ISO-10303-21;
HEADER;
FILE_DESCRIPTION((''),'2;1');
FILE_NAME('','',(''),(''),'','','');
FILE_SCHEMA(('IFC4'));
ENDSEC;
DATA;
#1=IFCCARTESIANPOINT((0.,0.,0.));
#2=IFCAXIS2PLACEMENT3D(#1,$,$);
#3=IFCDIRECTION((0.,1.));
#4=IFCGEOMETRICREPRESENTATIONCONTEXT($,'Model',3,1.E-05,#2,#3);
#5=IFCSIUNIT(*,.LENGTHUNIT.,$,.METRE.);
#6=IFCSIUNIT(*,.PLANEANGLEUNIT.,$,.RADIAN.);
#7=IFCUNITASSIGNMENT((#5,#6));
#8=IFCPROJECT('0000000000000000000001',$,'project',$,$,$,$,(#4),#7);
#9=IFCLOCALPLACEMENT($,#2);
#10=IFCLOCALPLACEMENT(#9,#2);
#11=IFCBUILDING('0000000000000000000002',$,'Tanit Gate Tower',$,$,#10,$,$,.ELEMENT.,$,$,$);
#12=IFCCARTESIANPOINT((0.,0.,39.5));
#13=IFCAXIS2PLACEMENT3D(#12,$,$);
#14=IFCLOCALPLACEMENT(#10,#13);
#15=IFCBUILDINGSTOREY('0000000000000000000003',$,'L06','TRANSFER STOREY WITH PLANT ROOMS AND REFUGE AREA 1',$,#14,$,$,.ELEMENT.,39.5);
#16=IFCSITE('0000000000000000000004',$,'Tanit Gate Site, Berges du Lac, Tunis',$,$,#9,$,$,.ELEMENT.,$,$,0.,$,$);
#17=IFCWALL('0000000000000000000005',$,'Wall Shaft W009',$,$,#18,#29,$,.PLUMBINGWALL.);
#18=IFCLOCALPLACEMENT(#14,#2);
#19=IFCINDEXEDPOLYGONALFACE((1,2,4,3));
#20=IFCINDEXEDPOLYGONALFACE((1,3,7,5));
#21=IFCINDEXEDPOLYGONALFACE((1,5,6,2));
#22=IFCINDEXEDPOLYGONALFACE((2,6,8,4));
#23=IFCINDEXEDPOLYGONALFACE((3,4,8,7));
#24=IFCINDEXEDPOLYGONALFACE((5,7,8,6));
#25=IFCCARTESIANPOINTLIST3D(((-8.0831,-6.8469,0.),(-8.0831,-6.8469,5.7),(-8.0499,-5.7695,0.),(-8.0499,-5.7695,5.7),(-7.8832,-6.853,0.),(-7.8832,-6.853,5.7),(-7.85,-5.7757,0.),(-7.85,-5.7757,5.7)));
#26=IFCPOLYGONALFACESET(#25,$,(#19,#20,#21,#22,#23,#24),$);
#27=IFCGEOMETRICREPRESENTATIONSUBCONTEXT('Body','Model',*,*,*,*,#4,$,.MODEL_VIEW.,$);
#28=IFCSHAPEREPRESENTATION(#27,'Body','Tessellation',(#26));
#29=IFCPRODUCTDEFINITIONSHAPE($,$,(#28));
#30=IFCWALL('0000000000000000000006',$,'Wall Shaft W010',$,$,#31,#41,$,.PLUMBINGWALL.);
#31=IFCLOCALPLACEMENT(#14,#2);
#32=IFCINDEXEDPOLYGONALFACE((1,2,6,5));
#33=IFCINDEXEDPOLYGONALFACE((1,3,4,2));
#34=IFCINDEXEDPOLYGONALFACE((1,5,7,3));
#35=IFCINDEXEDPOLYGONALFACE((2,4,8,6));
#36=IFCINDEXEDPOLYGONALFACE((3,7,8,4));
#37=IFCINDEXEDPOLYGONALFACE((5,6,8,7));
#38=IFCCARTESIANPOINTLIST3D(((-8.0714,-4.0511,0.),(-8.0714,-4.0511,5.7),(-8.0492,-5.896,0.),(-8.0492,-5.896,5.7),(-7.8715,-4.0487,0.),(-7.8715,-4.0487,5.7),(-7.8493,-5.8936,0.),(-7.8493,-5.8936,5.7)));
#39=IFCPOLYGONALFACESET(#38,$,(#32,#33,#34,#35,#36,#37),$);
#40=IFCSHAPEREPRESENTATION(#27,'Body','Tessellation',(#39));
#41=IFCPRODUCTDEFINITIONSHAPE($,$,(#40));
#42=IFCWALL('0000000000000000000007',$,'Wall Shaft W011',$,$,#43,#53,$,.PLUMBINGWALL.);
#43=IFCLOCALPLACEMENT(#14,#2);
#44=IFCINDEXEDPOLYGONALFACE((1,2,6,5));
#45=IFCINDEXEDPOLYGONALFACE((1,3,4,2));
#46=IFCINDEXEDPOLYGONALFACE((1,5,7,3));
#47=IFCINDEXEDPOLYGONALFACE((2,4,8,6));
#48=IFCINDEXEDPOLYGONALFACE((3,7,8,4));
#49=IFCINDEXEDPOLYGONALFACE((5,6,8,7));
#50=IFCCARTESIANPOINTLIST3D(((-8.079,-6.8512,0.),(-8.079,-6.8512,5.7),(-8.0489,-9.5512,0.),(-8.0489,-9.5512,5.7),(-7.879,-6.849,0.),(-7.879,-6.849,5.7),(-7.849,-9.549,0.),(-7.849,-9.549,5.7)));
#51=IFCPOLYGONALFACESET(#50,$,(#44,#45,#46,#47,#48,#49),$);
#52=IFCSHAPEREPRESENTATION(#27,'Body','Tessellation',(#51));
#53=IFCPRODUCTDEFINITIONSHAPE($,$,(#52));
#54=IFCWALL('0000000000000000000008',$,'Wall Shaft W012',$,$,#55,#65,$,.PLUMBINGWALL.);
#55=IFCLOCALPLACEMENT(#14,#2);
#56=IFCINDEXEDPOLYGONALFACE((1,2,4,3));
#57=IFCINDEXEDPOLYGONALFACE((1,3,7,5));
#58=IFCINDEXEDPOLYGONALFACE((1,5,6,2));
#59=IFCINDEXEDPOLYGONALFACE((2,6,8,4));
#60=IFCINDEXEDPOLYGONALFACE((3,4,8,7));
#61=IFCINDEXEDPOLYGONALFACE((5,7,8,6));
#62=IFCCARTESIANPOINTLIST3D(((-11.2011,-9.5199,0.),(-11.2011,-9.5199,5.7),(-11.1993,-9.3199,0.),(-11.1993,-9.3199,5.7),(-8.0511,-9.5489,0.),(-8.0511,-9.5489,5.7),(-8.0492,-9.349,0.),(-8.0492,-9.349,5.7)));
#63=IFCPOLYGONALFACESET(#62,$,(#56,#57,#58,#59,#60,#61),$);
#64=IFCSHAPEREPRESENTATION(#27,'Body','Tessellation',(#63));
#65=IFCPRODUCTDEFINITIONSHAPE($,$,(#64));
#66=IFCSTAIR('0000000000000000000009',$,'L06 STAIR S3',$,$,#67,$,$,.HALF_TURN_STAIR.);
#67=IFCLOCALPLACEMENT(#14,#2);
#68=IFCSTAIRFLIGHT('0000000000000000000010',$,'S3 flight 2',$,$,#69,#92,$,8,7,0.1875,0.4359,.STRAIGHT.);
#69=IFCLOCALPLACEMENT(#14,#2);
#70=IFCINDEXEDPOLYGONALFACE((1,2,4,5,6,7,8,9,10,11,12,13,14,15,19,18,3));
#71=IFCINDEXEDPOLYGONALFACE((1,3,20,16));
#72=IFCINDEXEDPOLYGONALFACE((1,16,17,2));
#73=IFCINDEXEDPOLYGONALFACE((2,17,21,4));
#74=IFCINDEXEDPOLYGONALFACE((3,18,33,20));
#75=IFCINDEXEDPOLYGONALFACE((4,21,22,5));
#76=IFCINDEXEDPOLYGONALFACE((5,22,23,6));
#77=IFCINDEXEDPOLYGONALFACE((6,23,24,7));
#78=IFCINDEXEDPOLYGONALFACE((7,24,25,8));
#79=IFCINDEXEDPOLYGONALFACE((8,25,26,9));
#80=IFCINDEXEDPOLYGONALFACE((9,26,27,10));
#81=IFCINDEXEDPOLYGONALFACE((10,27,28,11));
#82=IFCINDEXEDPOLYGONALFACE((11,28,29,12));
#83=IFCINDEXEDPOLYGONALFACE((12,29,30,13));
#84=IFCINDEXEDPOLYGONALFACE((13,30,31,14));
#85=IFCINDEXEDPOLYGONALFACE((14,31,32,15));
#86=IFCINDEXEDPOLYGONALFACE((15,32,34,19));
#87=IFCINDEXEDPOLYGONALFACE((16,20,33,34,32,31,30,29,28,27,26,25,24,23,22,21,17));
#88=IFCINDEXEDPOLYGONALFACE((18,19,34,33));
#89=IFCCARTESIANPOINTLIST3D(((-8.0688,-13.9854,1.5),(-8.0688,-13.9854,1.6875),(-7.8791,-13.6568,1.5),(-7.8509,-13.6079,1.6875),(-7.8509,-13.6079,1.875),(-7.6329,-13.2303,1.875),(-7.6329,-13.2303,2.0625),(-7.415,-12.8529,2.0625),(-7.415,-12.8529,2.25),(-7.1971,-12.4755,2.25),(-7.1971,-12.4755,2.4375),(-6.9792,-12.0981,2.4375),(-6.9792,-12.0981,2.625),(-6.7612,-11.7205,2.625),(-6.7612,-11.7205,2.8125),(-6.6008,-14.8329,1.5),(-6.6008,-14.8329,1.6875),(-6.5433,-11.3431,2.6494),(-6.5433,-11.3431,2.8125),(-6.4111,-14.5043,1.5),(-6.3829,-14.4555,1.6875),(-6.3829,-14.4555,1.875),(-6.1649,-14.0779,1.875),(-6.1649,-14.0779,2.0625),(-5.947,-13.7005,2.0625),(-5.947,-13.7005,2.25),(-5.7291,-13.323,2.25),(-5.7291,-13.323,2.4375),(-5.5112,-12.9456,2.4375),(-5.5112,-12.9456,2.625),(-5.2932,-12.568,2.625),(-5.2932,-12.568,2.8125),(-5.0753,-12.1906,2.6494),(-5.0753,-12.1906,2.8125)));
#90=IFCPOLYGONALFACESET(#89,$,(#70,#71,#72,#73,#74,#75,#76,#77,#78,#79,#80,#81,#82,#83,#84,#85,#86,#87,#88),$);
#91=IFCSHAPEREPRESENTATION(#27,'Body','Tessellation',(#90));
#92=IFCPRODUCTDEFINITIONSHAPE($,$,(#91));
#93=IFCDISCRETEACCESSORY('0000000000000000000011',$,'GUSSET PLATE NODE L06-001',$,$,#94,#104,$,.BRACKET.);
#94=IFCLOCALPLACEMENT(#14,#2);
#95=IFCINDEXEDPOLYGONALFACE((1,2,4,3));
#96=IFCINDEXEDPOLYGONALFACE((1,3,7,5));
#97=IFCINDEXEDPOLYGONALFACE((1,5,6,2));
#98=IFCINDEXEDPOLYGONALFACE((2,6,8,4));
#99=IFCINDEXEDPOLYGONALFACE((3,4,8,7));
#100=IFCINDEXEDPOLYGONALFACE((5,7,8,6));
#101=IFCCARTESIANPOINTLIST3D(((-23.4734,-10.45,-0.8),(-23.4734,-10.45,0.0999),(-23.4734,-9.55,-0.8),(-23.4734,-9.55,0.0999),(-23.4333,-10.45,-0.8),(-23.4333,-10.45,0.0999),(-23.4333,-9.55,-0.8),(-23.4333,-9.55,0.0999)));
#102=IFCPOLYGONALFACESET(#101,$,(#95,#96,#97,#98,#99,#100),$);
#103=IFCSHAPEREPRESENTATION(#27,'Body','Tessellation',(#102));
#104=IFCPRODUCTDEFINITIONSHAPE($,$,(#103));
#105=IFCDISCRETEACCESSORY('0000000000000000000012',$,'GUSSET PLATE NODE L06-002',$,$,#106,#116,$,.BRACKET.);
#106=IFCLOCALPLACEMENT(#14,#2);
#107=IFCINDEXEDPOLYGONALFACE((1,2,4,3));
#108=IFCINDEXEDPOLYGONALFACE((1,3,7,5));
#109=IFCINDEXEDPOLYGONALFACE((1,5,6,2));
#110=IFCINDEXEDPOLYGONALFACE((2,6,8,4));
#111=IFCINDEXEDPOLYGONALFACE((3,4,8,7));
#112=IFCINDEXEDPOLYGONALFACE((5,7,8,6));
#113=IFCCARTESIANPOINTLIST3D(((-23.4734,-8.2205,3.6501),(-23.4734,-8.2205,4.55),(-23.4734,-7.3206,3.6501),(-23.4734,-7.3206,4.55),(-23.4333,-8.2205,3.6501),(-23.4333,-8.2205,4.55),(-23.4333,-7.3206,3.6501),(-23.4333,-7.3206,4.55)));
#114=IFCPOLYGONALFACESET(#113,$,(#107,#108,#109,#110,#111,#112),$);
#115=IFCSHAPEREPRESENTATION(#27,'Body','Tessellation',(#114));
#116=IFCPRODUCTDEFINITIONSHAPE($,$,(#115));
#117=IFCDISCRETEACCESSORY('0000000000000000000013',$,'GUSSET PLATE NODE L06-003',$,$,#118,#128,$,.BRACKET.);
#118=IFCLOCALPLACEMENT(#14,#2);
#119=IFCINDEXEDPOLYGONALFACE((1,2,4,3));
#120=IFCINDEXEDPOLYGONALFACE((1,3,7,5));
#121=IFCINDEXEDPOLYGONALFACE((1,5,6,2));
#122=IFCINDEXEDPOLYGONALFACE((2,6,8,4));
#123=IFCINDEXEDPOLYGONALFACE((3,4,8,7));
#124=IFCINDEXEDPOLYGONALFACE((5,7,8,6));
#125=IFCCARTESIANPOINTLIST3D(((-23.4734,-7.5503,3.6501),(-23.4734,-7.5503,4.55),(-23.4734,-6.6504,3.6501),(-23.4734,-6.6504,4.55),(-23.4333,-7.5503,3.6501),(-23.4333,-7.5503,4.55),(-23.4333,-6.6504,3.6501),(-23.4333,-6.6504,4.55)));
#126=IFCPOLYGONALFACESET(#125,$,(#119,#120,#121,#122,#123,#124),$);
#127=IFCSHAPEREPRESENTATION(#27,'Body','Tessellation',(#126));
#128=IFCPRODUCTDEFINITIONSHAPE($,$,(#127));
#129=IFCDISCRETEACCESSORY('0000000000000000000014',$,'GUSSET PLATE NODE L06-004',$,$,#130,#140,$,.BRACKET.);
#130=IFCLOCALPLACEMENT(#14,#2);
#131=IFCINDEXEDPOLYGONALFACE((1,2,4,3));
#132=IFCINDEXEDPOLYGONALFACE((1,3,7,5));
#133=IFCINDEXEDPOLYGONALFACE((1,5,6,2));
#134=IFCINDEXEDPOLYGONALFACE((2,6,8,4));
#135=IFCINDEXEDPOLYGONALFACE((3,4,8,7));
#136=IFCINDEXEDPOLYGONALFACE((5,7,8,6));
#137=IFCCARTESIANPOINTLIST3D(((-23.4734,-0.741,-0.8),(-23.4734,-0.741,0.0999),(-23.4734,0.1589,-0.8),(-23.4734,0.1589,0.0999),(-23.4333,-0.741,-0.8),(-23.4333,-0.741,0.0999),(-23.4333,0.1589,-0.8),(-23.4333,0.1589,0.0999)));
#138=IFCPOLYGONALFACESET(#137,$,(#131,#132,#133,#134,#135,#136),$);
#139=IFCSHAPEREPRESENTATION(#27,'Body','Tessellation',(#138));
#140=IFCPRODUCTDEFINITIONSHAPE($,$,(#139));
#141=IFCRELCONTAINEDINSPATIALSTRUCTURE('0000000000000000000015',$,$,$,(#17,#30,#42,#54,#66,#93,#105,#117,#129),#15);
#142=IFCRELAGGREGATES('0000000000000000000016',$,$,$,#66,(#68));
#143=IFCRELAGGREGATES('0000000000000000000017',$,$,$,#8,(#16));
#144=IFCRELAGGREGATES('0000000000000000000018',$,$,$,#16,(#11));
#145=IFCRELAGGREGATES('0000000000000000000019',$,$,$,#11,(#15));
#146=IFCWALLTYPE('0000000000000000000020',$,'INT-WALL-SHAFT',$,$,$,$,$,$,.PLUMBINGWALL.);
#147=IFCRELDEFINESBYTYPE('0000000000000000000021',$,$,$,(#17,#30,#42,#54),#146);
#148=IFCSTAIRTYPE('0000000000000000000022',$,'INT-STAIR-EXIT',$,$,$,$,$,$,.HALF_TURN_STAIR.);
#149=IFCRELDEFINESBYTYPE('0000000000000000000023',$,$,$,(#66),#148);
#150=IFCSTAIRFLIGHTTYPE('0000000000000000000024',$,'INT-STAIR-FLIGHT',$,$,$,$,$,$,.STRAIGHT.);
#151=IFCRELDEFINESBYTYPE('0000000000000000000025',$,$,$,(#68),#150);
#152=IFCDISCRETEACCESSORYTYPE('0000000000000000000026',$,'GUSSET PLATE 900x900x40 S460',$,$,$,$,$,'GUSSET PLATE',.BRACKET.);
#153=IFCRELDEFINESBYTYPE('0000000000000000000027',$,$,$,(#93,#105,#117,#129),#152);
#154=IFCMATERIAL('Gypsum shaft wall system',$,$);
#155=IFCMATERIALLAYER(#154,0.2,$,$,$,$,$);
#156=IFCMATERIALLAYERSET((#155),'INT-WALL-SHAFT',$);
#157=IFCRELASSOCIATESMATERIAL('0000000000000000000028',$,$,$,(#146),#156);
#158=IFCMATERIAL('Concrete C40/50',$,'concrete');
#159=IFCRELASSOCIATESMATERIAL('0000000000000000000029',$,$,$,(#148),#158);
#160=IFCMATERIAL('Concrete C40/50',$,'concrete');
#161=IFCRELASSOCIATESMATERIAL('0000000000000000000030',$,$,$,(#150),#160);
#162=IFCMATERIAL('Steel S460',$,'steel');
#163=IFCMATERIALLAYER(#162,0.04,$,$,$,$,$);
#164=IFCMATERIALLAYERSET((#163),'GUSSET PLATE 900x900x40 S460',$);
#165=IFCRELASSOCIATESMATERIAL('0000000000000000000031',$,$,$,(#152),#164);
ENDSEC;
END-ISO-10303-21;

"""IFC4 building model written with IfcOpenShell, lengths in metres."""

from ifc_helpers import new_model, si_unit, direction, frame, frame_2d, origin, origin_2d, place, context, subcontext, project, spatial, polyline, rectangle, outline, extrude, material, layer, layer_set, type_object, element, aggregate, save


model = new_model("IFC4")

# Units and contexts
model_context = context("Model", 3, precision=1e-05, world=origin(), true_north=direction((0.0, 1.0)))
body_context = subcontext(model_context, "Body", "Model", "MODEL_VIEW")
ifc_project = project(units=[si_unit("LENGTHUNIT", "METRE"), si_unit("PLANEANGLEUNIT", "RADIAN")], contexts=[model_context])

# Site, building, storey
site_placement = place(None, origin())
site = spatial("IfcSite", under=ifc_project, at=site_placement, Name="Tanit Gate Site, Berges du Lac, Tunis", CompositionType="ELEMENT", RefElevation=0.0)
building_placement = place(site_placement, origin())
building = spatial("IfcBuilding", under=site, at=building_placement, Name="Tanit Gate Tower", CompositionType="ELEMENT")
storey_placement = place(building_placement, frame((0.0, 0.0, 39.5)))
storey = spatial("IfcBuildingStorey", under=building, at=storey_placement, Name="L06", Description="TRANSFER STOREY WITH PLANT ROOMS AND REFUGE AREA 1", CompositionType="ELEMENT", Elevation=39.5)

# Walls
ifc_material_1 = material(Name="Gypsum shaft wall system")
ifc_layer_1 = layer(ifc_material_1, 0.2)
ifc_layer_set_1 = layer_set([ifc_layer_1], Name="INT-WALL-SHAFT")
wall_type_1 = type_object("IfcWallType", Name="INT-WALL-SHAFT", PredefinedType="PLUMBINGWALL", material=ifc_layer_set_1)
wall_1_placement = place(storey_placement, frame((-7.95, -5.7725, 0.0), z_axis=(0.0, 0.0, 1.0), x_axis=(-0.030803, -0.999525, 0.0)))
element("IfcWall", 1, at=wall_1_placement, inside=storey, type_object=wall_type_1, Name="Wall Shaft W009", PredefinedType="PLUMBINGWALL", context=body_context, shape_type="SweptSolid", body=[
    extrude(rectangle(XDim=1.0779, YDim=0.2, at=frame_2d((0.5391, 0.0))), origin(), (0.0, 0.0, 1.0), 5.7),
])
wall_2_placement = place(storey_placement, frame((-7.9714, -4.05, 0.0), z_axis=(0.0, 0.0, 1.0), x_axis=(0.012043, -0.999927, 0.0)))
element("IfcWall", 2, at=wall_2_placement, inside=storey, type_object=wall_type_1, Name="Wall Shaft W010", PredefinedType="PLUMBINGWALL", context=body_context, shape_type="SweptSolid", body=[
    extrude(rectangle(XDim=1.845, YDim=0.2, at=frame_2d((0.9224, 0.0))), origin(), (0.0, 0.0, 1.0), 5.7),
])
wall_3_placement = place(storey_placement, frame((-7.979, -6.8501, 0.0), z_axis=(0.0, 0.0, 1.0), x_axis=(0.011121, -0.999938, 0.0)))
element("IfcWall", 3, at=wall_3_placement, inside=storey, type_object=wall_type_1, Name="Wall Shaft W011", PredefinedType="PLUMBINGWALL", context=body_context, shape_type="SweptSolid", body=[
    extrude(rectangle(XDim=2.7002, YDim=0.2, at=frame_2d((1.3501, 0.0))), origin(), (0.0, 0.0, 1.0), 5.7),
])
wall_4_placement = place(storey_placement, frame((-8.05, -9.449, 0.0), z_axis=(0.0, 0.0, 1.0), x_axis=(-0.999957, 0.009223, 0.0)))
element("IfcWall", 4, at=wall_4_placement, inside=storey, type_object=wall_type_1, Name="Wall Shaft W012", PredefinedType="PLUMBINGWALL", context=body_context, shape_type="SweptSolid", body=[
    extrude(rectangle(XDim=3.1501, YDim=0.2, at=frame_2d((1.5752, 0.0))), origin(), (0.0, 0.0, 1.0), 5.7),
])

# Stair, stair flight
ifc_material_2 = material(Name="Concrete C40/50", Category="concrete")
stair_type = type_object("IfcStairType", Name="INT-STAIR-EXIT", PredefinedType="HALF_TURN_STAIR", material=ifc_material_2)
stair_placement = place(storey_placement, origin())
stair = element("IfcStair", 5, at=stair_placement, inside=storey, type_object=stair_type, Name="L06 STAIR S3", PredefinedType="HALF_TURN_STAIR")
ifc_material_3 = material(Name="Concrete C40/50", Category="concrete")
stair_flight_type = type_object("IfcStairFlightType", Name="INT-STAIR-FLIGHT", PredefinedType="STRAIGHT", material=ifc_material_3)
stair_flight_placement = place(storey_placement, frame((-7.3347, -14.4092, 1.5), z_axis=(0.0, 0.0, 1.0), x_axis=(0.5, 0.866025, 0.0)))
stair_flight = element("IfcStairFlight", 6, at=stair_flight_placement, type_object=stair_flight_type, Name="S3 flight 2", NumberOfRisers=8, NumberOfTreads=7, PredefinedType="STRAIGHT", RiserHeight=0.1875, TreadLength=0.4359, context=body_context, shape_type="SweptSolid", body=[
    extrude(outline(polyline([(0.0, 0.0), (0.0, 0.1875), (0.4358, 0.1875), (0.4358, 0.375), (0.8718, 0.375), (0.8718, 0.5625), (1.3076, 0.5625), (1.3076, 0.75), (1.7434, 0.75), (1.7434, 0.9375), (2.1792, 0.9375), (2.1792, 1.125), (2.6152, 1.125), (2.6152, 1.3125), (3.051, 1.3125), (3.051, 1.5), (3.051, 1.1494), (0.3794, 0.0), (0.0, 0.0)])), frame((0.0, 0.8477, 0.0), z_axis=(0.0, -1.0, 0.0), x_axis=(1.0, 0.0, 0.0)), (0.0, 0.0, 1.0), 1.6951),
])
aggregate(stair, [stair_flight])

# Discrete accessories
ifc_material_4 = material(Name="Steel S460", Category="steel")
ifc_layer_2 = layer(ifc_material_4, 0.04)
ifc_layer_set_2 = layer_set([ifc_layer_2], Name="GUSSET PLATE 900x900x40 S460")
discrete_accessory_type = type_object("IfcDiscreteAccessoryType", Name="GUSSET PLATE 900x900x40 S460", ElementType="GUSSET PLATE", PredefinedType="BRACKET", material=ifc_layer_set_2)
for number, where, z_axis, x_axis, name in (
    (7, (-23.4534, -10.0, -0.8), (0.0, 0.0, 1.0), (0.0, 1.0, 0.0), "GUSSET PLATE NODE L06-001"),
    (8, (-23.4534, -7.7705, 3.6501), (0.0, 0.0, 1.0), (0.0, -1.0, 0.0), "GUSSET PLATE NODE L06-002"),
    (9, (-23.4534, -7.1003, 3.6501), (0.0, 0.0, 1.0), (0.0, 1.0, 0.0), "GUSSET PLATE NODE L06-003"),
    (10, (-23.4534, -0.291, -0.8), (0.0, 0.0, 1.0), (0.0, -1.0, 0.0), "GUSSET PLATE NODE L06-004"),
):
    element("IfcDiscreteAccessory", number, at=place(storey_placement, frame(where, z_axis=z_axis, x_axis=x_axis)), inside=storey, type_object=discrete_accessory_type, Name=name, PredefinedType="BRACKET", context=body_context, shape_type="SweptSolid", body=[
        extrude(rectangle(XDim=0.8999, YDim=0.04, at=origin_2d()), origin(), (0.0, 0.0, 1.0), 0.8999),
    ])

save(model, "model.ifc")
